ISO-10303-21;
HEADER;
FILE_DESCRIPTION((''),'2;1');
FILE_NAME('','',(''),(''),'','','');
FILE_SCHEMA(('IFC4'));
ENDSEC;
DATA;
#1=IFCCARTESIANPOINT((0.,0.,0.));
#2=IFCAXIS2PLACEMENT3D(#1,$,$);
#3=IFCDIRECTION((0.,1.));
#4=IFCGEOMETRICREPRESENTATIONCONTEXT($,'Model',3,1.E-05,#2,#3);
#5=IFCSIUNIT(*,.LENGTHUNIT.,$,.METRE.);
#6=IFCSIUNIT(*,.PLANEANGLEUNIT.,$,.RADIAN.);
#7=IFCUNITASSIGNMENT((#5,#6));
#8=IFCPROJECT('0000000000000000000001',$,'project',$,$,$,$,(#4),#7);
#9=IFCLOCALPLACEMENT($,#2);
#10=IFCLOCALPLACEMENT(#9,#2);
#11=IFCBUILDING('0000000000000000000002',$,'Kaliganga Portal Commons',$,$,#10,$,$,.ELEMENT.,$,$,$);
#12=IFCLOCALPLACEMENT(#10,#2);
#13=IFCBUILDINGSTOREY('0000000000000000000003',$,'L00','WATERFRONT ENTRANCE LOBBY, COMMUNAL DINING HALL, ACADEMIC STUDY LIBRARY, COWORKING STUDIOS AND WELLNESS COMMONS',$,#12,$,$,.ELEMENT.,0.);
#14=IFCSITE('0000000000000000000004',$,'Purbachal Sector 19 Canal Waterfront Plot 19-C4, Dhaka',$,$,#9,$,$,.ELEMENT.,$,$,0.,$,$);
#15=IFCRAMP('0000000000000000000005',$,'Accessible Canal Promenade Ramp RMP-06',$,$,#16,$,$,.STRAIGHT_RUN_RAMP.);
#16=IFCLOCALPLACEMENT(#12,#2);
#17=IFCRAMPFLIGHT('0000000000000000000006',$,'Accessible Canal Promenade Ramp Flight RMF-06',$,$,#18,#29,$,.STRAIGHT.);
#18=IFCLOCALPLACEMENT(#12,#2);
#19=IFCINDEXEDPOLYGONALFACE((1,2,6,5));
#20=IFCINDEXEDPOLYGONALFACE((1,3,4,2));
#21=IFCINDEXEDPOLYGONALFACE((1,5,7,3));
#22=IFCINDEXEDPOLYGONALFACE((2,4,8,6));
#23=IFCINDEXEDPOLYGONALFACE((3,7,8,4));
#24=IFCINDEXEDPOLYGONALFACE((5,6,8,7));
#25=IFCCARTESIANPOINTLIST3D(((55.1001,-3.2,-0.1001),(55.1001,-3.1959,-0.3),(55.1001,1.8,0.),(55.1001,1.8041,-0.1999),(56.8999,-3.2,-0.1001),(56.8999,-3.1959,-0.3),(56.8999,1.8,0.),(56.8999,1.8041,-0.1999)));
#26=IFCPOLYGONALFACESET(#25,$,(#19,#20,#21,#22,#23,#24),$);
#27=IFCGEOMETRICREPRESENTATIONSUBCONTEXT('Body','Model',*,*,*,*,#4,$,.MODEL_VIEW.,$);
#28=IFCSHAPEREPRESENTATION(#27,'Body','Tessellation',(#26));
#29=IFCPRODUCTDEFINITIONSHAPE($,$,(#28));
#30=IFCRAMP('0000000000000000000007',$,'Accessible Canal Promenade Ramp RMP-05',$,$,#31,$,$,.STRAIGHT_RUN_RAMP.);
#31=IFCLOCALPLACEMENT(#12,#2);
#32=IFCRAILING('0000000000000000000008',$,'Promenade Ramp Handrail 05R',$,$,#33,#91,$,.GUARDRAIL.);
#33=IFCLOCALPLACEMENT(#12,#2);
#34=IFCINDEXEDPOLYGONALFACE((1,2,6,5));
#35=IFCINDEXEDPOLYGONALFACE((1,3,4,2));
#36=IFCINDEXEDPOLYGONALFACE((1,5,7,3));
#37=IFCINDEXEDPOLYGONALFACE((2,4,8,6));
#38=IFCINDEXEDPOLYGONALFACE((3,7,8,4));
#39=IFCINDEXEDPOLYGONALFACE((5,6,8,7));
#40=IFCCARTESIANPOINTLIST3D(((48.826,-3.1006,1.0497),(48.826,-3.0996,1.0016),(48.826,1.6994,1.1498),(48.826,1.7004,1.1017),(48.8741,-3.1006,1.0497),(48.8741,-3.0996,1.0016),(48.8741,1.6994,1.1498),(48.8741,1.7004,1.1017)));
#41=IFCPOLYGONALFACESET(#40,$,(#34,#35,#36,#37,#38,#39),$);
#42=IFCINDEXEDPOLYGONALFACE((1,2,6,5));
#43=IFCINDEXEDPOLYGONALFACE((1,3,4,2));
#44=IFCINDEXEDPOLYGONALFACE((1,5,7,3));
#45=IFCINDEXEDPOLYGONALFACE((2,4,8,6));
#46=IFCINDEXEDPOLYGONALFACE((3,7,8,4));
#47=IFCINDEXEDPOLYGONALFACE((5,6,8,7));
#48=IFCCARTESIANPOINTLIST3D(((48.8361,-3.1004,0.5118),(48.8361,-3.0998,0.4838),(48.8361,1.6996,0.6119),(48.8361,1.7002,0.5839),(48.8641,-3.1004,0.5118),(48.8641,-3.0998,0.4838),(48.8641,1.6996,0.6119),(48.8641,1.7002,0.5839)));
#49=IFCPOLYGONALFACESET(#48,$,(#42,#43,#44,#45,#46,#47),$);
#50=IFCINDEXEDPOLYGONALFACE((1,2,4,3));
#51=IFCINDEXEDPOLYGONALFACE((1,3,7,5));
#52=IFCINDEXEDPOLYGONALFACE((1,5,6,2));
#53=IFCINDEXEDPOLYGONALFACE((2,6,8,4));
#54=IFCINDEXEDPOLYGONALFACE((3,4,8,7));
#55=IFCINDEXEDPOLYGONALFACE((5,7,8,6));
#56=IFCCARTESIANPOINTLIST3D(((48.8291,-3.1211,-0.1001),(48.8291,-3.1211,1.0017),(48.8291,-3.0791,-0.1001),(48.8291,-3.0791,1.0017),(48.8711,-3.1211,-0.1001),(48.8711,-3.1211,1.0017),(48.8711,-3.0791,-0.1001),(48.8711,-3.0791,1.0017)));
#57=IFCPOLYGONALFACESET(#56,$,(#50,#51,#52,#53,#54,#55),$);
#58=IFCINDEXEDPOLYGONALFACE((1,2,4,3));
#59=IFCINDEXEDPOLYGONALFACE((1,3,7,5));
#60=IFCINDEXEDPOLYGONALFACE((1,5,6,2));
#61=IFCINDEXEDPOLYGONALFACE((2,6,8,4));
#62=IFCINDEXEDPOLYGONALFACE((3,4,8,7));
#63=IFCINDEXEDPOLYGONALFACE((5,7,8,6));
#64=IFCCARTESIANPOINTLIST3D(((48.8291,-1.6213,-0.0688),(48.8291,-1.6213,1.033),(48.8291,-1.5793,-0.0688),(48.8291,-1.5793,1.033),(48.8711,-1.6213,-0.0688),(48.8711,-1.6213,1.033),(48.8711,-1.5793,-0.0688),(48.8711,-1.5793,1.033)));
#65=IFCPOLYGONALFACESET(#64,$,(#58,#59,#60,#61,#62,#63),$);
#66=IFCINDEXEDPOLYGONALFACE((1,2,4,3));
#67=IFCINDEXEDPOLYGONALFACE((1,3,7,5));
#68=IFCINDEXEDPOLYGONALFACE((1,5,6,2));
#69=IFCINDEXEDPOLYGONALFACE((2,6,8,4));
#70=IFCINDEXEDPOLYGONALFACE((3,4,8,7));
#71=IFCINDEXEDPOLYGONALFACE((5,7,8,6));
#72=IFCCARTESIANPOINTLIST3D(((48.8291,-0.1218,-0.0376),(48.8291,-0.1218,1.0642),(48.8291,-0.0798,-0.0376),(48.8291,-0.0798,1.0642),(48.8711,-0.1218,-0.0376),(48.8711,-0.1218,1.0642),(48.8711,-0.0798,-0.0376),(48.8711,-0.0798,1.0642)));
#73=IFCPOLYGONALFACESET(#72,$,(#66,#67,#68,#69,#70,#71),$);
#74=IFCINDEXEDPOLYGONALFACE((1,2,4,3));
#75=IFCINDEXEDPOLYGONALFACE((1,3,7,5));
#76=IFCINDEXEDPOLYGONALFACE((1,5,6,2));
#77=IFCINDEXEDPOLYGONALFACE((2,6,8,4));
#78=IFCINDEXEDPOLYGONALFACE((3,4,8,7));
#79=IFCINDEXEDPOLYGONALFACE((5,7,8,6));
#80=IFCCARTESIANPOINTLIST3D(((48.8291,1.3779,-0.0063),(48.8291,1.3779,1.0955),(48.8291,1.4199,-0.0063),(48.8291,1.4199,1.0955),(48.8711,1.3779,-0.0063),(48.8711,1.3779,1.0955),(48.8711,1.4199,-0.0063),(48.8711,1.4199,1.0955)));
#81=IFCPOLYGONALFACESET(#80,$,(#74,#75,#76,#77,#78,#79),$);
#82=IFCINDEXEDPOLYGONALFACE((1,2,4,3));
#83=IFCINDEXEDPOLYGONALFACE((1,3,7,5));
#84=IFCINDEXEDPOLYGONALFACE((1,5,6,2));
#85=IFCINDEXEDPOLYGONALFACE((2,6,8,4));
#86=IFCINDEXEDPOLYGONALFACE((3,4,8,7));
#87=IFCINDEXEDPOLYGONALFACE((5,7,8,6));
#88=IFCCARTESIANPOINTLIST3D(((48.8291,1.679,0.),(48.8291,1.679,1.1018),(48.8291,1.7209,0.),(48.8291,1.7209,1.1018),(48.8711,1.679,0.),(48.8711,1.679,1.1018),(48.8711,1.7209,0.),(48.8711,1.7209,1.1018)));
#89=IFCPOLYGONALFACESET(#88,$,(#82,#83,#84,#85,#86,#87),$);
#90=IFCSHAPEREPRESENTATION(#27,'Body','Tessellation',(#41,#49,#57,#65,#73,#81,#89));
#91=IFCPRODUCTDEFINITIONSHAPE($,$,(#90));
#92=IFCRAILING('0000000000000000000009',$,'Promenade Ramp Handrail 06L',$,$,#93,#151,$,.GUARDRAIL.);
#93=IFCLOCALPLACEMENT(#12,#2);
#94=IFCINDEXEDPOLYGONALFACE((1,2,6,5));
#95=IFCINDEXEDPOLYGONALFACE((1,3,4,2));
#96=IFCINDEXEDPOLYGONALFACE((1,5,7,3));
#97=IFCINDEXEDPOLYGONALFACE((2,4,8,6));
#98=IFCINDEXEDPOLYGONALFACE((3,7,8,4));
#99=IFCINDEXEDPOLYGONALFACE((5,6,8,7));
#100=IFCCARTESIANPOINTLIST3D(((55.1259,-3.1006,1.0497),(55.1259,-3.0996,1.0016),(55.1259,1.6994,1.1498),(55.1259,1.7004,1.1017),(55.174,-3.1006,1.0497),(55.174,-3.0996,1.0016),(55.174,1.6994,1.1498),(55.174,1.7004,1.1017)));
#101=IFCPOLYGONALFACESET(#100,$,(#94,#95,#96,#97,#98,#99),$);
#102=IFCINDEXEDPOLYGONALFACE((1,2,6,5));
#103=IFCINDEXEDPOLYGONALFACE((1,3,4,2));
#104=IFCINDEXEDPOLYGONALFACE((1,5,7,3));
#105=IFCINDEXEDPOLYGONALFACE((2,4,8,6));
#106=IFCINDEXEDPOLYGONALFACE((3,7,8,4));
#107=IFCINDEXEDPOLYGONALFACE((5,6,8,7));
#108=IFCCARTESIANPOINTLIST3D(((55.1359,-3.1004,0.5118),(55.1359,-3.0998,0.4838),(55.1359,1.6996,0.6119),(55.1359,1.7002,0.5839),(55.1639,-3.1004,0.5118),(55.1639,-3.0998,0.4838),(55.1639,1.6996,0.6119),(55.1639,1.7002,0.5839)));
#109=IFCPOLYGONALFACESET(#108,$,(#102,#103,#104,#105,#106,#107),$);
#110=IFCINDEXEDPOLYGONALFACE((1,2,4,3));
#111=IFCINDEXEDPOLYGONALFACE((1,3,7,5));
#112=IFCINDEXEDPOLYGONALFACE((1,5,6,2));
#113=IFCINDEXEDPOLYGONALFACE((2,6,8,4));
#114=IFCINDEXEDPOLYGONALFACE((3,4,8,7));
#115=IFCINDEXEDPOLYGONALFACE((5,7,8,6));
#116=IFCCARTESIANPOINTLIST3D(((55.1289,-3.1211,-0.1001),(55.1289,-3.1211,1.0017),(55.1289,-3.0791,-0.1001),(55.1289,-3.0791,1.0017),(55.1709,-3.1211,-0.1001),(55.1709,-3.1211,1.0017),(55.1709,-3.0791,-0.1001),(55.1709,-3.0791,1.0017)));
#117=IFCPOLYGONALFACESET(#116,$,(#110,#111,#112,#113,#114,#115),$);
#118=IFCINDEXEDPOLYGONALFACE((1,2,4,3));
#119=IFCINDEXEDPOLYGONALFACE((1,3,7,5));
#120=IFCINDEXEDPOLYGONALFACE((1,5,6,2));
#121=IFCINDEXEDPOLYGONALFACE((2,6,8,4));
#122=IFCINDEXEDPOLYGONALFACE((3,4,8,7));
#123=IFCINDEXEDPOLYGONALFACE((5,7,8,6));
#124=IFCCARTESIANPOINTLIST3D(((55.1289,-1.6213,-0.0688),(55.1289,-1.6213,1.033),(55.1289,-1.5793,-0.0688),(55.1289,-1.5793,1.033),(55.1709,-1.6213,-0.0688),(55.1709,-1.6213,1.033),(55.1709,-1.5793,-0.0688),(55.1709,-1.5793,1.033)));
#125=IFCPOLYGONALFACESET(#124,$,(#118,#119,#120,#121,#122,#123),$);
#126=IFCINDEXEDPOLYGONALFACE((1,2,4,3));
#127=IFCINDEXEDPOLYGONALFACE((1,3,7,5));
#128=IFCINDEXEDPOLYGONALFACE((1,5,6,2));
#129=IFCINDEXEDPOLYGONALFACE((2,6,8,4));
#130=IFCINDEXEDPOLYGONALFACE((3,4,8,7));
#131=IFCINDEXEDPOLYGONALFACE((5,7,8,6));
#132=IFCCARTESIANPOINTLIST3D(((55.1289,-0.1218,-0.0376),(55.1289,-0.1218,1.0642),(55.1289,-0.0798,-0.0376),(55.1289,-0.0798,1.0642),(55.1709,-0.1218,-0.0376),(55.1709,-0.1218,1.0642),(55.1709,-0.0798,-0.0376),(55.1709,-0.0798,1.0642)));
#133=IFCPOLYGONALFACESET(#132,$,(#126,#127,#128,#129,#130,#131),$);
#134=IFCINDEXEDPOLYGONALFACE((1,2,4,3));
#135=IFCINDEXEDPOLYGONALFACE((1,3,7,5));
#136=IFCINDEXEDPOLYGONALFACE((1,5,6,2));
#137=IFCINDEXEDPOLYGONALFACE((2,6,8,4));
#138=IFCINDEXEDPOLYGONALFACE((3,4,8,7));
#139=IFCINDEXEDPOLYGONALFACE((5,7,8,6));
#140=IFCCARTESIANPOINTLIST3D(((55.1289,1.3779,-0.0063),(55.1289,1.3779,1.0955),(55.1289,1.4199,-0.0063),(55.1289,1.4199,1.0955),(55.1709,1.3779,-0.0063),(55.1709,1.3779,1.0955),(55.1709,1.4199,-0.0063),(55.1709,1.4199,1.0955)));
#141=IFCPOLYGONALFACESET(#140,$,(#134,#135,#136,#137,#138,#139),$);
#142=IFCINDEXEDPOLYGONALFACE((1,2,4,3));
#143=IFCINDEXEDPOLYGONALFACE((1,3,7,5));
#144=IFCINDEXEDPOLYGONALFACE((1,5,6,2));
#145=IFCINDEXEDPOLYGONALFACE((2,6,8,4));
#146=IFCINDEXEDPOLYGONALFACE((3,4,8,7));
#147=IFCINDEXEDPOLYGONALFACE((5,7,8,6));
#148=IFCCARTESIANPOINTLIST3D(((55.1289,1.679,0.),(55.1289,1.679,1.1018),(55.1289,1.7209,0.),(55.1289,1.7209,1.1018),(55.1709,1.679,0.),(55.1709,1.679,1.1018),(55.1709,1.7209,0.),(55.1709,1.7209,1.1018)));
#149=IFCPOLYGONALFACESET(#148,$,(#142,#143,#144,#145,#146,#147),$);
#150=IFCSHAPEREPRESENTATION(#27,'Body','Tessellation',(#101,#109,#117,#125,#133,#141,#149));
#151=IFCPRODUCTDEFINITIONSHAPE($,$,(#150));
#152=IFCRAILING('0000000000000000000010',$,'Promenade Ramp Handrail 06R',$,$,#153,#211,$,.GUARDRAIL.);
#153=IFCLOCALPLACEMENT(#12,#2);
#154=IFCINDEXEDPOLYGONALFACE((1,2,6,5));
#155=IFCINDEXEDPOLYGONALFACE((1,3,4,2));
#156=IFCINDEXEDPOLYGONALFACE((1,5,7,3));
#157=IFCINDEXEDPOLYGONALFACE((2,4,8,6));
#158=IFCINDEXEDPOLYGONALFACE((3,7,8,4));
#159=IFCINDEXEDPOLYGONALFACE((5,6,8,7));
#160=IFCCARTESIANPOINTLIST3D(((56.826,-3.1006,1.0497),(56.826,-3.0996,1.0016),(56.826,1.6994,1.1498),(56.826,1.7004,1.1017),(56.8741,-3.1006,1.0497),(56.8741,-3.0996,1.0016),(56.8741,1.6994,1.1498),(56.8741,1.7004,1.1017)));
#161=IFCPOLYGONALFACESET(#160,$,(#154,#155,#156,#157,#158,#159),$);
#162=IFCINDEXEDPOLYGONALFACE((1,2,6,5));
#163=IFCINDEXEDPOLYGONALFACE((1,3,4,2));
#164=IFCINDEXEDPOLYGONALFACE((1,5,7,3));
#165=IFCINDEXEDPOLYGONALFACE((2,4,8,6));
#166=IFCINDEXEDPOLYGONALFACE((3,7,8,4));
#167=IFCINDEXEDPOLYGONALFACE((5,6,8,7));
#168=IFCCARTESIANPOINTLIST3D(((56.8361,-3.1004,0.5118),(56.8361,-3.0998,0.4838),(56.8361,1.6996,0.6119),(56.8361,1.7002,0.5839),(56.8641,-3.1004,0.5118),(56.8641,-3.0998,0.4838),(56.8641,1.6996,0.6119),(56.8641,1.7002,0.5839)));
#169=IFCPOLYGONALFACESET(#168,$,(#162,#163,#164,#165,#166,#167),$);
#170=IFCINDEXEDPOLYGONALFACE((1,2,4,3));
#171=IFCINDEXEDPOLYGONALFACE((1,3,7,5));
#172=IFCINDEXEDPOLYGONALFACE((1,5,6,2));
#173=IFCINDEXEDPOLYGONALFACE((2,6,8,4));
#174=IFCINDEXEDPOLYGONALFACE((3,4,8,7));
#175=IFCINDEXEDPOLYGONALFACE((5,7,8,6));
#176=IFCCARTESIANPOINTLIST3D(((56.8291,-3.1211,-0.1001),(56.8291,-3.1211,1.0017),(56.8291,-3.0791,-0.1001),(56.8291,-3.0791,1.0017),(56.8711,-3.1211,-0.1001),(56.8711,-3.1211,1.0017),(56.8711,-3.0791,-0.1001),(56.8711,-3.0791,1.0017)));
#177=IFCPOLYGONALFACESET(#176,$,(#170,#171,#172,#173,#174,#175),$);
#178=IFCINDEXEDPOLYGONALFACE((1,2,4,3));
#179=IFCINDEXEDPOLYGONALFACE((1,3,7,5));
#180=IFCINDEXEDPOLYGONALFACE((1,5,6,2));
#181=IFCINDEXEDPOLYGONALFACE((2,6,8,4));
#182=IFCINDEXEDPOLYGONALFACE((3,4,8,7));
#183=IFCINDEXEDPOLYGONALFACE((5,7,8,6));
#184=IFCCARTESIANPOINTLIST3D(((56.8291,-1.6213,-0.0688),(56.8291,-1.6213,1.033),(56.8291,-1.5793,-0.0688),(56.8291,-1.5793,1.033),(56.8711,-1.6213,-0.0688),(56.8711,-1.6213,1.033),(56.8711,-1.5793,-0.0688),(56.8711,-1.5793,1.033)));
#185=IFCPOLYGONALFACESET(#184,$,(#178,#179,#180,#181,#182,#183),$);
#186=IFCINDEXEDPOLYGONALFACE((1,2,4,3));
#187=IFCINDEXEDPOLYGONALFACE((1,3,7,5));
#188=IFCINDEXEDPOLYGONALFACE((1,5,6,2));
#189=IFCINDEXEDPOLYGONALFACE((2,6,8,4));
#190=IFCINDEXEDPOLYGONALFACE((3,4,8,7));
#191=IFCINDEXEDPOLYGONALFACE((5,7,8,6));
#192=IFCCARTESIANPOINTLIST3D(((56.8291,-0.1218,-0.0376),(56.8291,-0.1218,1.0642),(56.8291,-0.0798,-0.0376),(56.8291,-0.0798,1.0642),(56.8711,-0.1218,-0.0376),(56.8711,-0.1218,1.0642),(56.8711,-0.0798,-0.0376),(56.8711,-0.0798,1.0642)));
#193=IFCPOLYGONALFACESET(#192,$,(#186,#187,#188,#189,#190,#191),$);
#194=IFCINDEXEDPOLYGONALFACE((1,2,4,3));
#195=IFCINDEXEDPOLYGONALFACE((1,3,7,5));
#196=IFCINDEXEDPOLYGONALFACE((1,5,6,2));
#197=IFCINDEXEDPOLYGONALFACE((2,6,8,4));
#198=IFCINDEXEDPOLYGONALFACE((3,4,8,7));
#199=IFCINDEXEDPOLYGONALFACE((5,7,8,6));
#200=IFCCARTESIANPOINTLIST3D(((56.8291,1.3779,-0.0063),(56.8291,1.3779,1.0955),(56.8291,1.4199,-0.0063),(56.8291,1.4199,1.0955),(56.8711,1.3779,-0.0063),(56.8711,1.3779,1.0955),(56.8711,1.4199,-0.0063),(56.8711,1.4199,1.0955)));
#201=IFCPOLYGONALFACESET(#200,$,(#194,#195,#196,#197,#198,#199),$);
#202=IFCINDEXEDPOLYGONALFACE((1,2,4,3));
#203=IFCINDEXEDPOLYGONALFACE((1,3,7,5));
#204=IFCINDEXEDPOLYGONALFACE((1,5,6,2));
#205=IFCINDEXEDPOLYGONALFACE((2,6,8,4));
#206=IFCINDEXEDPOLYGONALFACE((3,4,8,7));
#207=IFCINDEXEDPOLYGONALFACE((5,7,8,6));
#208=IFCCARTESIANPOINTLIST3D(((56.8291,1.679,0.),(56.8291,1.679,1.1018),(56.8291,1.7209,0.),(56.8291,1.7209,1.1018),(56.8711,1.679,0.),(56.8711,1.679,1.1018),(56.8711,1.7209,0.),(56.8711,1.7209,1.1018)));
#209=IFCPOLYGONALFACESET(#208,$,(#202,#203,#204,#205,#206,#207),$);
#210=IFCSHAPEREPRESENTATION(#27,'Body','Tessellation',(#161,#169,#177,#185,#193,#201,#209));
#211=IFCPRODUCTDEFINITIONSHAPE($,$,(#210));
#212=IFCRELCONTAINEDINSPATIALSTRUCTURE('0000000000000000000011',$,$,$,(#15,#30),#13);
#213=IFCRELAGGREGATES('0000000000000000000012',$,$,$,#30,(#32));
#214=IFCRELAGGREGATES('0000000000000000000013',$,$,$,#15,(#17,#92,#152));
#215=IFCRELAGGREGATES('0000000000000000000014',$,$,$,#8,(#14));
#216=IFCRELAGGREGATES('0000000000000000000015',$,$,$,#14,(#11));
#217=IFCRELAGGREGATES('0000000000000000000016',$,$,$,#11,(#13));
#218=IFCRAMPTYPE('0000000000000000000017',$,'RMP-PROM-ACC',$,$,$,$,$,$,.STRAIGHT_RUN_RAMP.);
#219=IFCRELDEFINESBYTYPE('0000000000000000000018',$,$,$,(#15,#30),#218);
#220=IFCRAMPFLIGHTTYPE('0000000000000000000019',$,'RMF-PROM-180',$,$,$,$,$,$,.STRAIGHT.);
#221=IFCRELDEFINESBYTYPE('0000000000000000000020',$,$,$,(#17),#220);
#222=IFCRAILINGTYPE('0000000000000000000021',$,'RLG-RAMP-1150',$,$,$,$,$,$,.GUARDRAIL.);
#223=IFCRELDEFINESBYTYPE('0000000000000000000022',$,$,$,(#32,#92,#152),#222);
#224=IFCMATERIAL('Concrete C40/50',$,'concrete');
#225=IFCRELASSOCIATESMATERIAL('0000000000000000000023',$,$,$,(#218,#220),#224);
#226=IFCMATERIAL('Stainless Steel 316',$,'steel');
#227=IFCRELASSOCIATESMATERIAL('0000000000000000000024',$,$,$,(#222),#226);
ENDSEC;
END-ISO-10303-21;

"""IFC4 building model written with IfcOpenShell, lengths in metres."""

from ifc_helpers import new_model, si_unit, direction, frame, origin, origin_2d, place, context, subcontext, project, spatial, polyline, rectangle, outline, extrude, material, type_object, element, aggregate, save


model = new_model("IFC4")

# Units and contexts
model_context = context("Model", 3, precision=1e-05, world=origin(), true_north=direction((0.0, 1.0)))
body_context = subcontext(model_context, "Body", "Model", "MODEL_VIEW")
ifc_project = project(units=[si_unit("LENGTHUNIT", "METRE"), si_unit("PLANEANGLEUNIT", "RADIAN")], contexts=[model_context])

# Site, building, storey
site_placement = place(None, origin())
site = spatial("IfcSite", under=ifc_project, at=site_placement, Name="Purbachal Sector 19 Canal Waterfront Plot 19-C4, Dhaka", CompositionType="ELEMENT", RefElevation=0.0)
building_placement = place(site_placement, origin())
building = spatial("IfcBuilding", under=site, at=building_placement, Name="Kaliganga Portal Commons", CompositionType="ELEMENT")
storey_placement = place(building_placement, origin())
storey = spatial("IfcBuildingStorey", under=building, at=storey_placement, Name="L00", Description="WATERFRONT ENTRANCE LOBBY, COMMUNAL DINING HALL, ACADEMIC STUDY LIBRARY, COWORKING STUDIOS AND WELLNESS COMMONS", CompositionType="ELEMENT", Elevation=0.0)

# Ramp, ramp flight
ifc_material_1 = material(Name="Concrete C40/50", Category="concrete")
ramp_type = type_object("IfcRampType", Name="RMP-PROM-ACC", PredefinedType="STRAIGHT_RUN_RAMP", material=ifc_material_1)
ramp_1_placement = place(storey_placement, origin())
ramp_1 = element("IfcRamp", 1, at=ramp_1_placement, inside=storey, type_object=ramp_type, Name="Accessible Canal Promenade Ramp RMP-06", PredefinedType="STRAIGHT_RUN_RAMP")
ramp_flight_type = type_object("IfcRampFlightType", Name="RMF-PROM-180", PredefinedType="STRAIGHT", material=ifc_material_1)
ramp_flight_placement = place(storey_placement, frame((55.1001, -3.2, -0.1001), z_axis=(0.0, -0.020016, 0.9998), x_axis=(1.0, 0.0, 0.0)))
ramp_flight = element("IfcRampFlight", 2, at=ramp_flight_placement, type_object=ramp_flight_type, Name="Accessible Canal Promenade Ramp Flight RMF-06", PredefinedType="STRAIGHT", context=body_context, shape_type="SweptSolid", body=[
    extrude(outline(polyline([(0.0, 0.0), (1.7998, 0.0), (1.7998, 5.001), (0.0, 5.001), (0.0, 0.0)])), origin(), (0.0, 0.0, -1.0), 0.2),
])

# Ramp, railing
ramp_2_placement = place(storey_placement, origin())
ramp_2 = element("IfcRamp", 3, at=ramp_2_placement, inside=storey, type_object=ramp_type, Name="Accessible Canal Promenade Ramp RMP-05", PredefinedType="STRAIGHT_RUN_RAMP")
ifc_material_2 = material(Name="Stainless Steel 316", Category="steel")
railing_type = type_object("IfcRailingType", Name="RLG-RAMP-1150", PredefinedType="GUARDRAIL", material=ifc_material_2)
railing_1_placement = place(storey_placement, frame((48.8501, -3.1001, -0.1001)))
railing_1 = element("IfcRailing", 4, at=railing_1_placement, type_object=railing_type, Name="Promenade Ramp Handrail 05R", PredefinedType="GUARDRAIL", context=body_context, shape_type="SweptSolid", body=[
    extrude(rectangle(XDim=0.0481, YDim=0.0481, at=origin_2d()), frame((0.0, 0.0, 1.1257), z_axis=(0.0, 0.999783, 0.020849), x_axis=(-1.0, 0.0, 0.0)), (0.0, 0.0, 1.0), 4.801),
    extrude(rectangle(XDim=0.0281, YDim=0.0281, at=origin_2d()), frame((0.0, 0.0, 0.5979), z_axis=(0.0, 0.999783, 0.020849), x_axis=(-1.0, 0.0, 0.0)), (0.0, 0.0, 1.0), 4.801),
    extrude(rectangle(XDim=0.042, YDim=0.042, at=origin_2d()), origin(), (0.0, 0.0, 1.0), 1.1018),
    extrude(rectangle(XDim=0.042, YDim=0.042, at=origin_2d()), frame((0.0, 1.4998, 0.0312)), (0.0, 0.0, 1.0), 1.1018),
    extrude(rectangle(XDim=0.042, YDim=0.042, at=origin_2d()), frame((0.0, 2.9993, 0.0625)), (0.0, 0.0, 1.0), 1.1018),
    extrude(rectangle(XDim=0.042, YDim=0.042, at=origin_2d()), frame((0.0, 4.499, 0.0938)), (0.0, 0.0, 1.0), 1.1018),
    extrude(rectangle(XDim=0.042, YDim=0.042, at=origin_2d()), frame((0.0, 4.8, 0.1001)), (0.0, 0.0, 1.0), 1.1018),
])
aggregate(ramp_2, [railing_1])

# Railings
railing_2_placement = place(storey_placement, frame((55.1499, -3.1001, -0.1001)))
railing_2 = element("IfcRailing", 5, at=railing_2_placement, type_object=railing_type, Name="Promenade Ramp Handrail 06L", PredefinedType="GUARDRAIL", context=body_context, shape_type="SweptSolid", body=[
    extrude(rectangle(XDim=0.0481, YDim=0.0481, at=origin_2d()), frame((0.0, 0.0, 1.1257), z_axis=(0.0, 0.999783, 0.020849), x_axis=(-1.0, 0.0, 0.0)), (0.0, 0.0, 1.0), 4.801),
    extrude(rectangle(XDim=0.0281, YDim=0.0281, at=origin_2d()), frame((0.0, 0.0, 0.5979), z_axis=(0.0, 0.999783, 0.020849), x_axis=(-1.0, 0.0, 0.0)), (0.0, 0.0, 1.0), 4.801),
    extrude(rectangle(XDim=0.042, YDim=0.042, at=origin_2d()), origin(), (0.0, 0.0, 1.0), 1.1018),
    extrude(rectangle(XDim=0.042, YDim=0.042, at=origin_2d()), frame((0.0, 1.4998, 0.0312)), (0.0, 0.0, 1.0), 1.1018),
    extrude(rectangle(XDim=0.042, YDim=0.042, at=origin_2d()), frame((0.0, 2.9993, 0.0625)), (0.0, 0.0, 1.0), 1.1018),
    extrude(rectangle(XDim=0.042, YDim=0.042, at=origin_2d()), frame((0.0, 4.499, 0.0938)), (0.0, 0.0, 1.0), 1.1018),
    extrude(rectangle(XDim=0.042, YDim=0.042, at=origin_2d()), frame((0.0, 4.8, 0.1001)), (0.0, 0.0, 1.0), 1.1018),
])
railing_3_placement = place(storey_placement, frame((56.8501, -3.1001, -0.1001)))
railing_3 = element("IfcRailing", 6, at=railing_3_placement, type_object=railing_type, Name="Promenade Ramp Handrail 06R", PredefinedType="GUARDRAIL", context=body_context, shape_type="SweptSolid", body=[
    extrude(rectangle(XDim=0.0481, YDim=0.0481, at=origin_2d()), frame((0.0, 0.0, 1.1257), z_axis=(0.0, 0.999783, 0.020849), x_axis=(-1.0, 0.0, 0.0)), (0.0, 0.0, 1.0), 4.801),
    extrude(rectangle(XDim=0.0281, YDim=0.0281, at=origin_2d()), frame((0.0, 0.0, 0.5979), z_axis=(0.0, 0.999783, 0.020849), x_axis=(-1.0, 0.0, 0.0)), (0.0, 0.0, 1.0), 4.801),
    extrude(rectangle(XDim=0.042, YDim=0.042, at=origin_2d()), origin(), (0.0, 0.0, 1.0), 1.1018),
    extrude(rectangle(XDim=0.042, YDim=0.042, at=origin_2d()), frame((0.0, 1.4998, 0.0312)), (0.0, 0.0, 1.0), 1.1018),
    extrude(rectangle(XDim=0.042, YDim=0.042, at=origin_2d()), frame((0.0, 2.9993, 0.0625)), (0.0, 0.0, 1.0), 1.1018),
    extrude(rectangle(XDim=0.042, YDim=0.042, at=origin_2d()), frame((0.0, 4.499, 0.0938)), (0.0, 0.0, 1.0), 1.1018),
    extrude(rectangle(XDim=0.042, YDim=0.042, at=origin_2d()), frame((0.0, 4.8, 0.1001)), (0.0, 0.0, 1.0), 1.1018),
])
aggregate(ramp_1, [ramp_flight, railing_2, railing_3])

save(model, "model.ifc")
